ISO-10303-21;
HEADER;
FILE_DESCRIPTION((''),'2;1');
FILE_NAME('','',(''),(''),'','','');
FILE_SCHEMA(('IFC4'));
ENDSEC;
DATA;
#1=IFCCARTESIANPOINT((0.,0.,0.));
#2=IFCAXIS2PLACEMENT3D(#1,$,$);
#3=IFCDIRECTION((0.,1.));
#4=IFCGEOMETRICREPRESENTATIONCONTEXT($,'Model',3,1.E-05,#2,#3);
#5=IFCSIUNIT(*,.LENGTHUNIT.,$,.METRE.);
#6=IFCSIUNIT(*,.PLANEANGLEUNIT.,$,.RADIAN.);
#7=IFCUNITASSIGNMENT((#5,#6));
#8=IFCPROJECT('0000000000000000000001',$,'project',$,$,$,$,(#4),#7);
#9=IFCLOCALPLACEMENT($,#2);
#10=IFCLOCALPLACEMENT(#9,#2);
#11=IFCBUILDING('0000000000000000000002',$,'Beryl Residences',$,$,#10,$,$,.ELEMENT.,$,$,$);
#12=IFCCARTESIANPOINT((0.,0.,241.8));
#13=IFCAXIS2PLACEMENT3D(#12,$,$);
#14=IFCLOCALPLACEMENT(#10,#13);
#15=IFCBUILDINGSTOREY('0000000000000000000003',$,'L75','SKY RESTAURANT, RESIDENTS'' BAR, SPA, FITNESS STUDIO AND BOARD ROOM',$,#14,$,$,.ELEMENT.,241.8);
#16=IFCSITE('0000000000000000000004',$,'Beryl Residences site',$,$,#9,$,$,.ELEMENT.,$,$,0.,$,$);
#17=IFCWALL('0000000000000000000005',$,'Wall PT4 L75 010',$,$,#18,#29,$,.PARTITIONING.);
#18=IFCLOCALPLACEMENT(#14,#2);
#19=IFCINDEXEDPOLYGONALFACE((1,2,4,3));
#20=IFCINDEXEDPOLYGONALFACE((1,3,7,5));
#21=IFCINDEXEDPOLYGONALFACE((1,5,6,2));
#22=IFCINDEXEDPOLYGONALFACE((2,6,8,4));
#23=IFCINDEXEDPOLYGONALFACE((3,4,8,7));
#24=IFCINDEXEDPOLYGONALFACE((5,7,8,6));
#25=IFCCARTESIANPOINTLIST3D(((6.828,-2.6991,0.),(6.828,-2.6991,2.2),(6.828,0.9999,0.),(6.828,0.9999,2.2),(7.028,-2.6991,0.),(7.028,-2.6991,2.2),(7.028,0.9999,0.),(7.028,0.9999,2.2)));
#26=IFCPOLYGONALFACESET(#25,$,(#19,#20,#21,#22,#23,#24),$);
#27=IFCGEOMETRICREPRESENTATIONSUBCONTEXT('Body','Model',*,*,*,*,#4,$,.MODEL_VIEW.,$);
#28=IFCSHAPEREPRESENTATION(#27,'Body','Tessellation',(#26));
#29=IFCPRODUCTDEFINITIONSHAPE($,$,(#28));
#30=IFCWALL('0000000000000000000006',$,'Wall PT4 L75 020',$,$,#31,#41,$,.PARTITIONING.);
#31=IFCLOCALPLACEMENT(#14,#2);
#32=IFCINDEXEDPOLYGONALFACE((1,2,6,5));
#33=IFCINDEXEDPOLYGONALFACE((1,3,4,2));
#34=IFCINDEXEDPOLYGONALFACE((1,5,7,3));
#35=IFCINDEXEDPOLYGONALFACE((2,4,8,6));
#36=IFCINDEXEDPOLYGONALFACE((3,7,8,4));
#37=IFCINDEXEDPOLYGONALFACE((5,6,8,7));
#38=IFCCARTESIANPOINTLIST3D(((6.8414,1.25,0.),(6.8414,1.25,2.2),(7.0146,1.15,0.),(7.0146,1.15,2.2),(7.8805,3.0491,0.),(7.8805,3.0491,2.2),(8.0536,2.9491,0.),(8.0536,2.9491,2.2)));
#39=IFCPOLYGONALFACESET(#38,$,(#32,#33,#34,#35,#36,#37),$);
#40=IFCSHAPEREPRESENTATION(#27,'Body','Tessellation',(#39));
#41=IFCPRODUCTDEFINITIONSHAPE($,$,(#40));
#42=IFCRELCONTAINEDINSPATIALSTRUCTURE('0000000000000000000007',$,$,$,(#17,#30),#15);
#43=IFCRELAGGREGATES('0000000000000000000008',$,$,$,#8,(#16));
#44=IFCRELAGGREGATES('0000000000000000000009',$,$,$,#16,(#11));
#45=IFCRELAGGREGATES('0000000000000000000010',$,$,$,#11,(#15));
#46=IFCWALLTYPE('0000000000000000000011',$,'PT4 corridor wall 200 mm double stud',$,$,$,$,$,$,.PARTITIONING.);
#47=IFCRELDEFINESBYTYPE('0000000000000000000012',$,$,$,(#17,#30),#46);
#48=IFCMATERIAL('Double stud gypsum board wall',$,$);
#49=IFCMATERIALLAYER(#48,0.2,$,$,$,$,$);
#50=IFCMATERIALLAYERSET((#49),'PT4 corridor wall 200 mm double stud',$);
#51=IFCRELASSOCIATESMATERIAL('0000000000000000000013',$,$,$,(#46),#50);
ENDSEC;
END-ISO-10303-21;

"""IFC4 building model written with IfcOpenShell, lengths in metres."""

from ifc_helpers import new_model, si_unit, direction, frame, frame_2d, origin, place, context, subcontext, project, spatial, rectangle, extrude, material, layer, layer_set, type_object, element, save


model = new_model("IFC4")

# Units and contexts
model_context = context("Model", 3, precision=1e-05, world=origin(), true_north=direction((0.0, 1.0)))
body_context = subcontext(model_context, "Body", "Model", "MODEL_VIEW")
ifc_project = project(units=[si_unit("LENGTHUNIT", "METRE"), si_unit("PLANEANGLEUNIT", "RADIAN")], contexts=[model_context])

# Site, building, storey
site_placement = place(None, origin())
site = spatial("IfcSite", under=ifc_project, at=site_placement, Name="Beryl Residences site", CompositionType="ELEMENT", RefElevation=0.0)
building_placement = place(site_placement, origin())
building = spatial("IfcBuilding", under=site, at=building_placement, Name="Beryl Residences", CompositionType="ELEMENT")
storey_placement = place(building_placement, frame((0.0, 0.0, 241.8)))
storey = spatial("IfcBuildingStorey", under=building, at=storey_placement, Name="L75", Description="SKY RESTAURANT, RESIDENTS' BAR, SPA, FITNESS STUDIO AND BOARD ROOM", CompositionType="ELEMENT", Elevation=241.8)

# Shared definitions
ifc_material_1 = material(Name="Double stud gypsum board wall")
ifc_layer_1 = layer(ifc_material_1, 0.2)
ifc_layer_set_1 = layer_set([ifc_layer_1], Name="PT4 corridor wall 200 mm double stud")
wall_type_1 = type_object("IfcWallType", Name="PT4 corridor wall 200 mm double stud", PredefinedType="PARTITIONING", material=ifc_layer_set_1)

# Walls
wall_1_placement = place(storey_placement, frame((6.928, 1.0, 0.0), z_axis=(0.0, 0.0, 1.0), x_axis=(0.0, -1.0, 0.0)))
element("IfcWall", 1, at=wall_1_placement, inside=storey, type_object=wall_type_1, Name="Wall PT4 L75 010", PredefinedType="PARTITIONING", context=body_context, shape_type="SweptSolid", body=[
    extrude(rectangle(XDim=3.699, YDim=0.2, at=frame_2d((1.8496, 0.0))), origin(), (0.0, 0.0, 1.0), 2.2),
])
wall_2_placement = place(storey_placement, frame((6.928, 1.2, 0.0), z_axis=(0.0, 0.0, 1.0), x_axis=(0.500133, 0.865949, 0.0)))
element("IfcWall", 2, at=wall_2_placement, inside=storey, type_object=wall_type_1, Name="Wall PT4 L75 020", PredefinedType="PARTITIONING", context=body_context, shape_type="SweptSolid", body=[
    extrude(rectangle(XDim=2.0776, YDim=0.2, at=frame_2d((1.0388, 0.0))), origin(), (0.0, 0.0, 1.0), 2.2),
])

save(model, "model.ifc")
